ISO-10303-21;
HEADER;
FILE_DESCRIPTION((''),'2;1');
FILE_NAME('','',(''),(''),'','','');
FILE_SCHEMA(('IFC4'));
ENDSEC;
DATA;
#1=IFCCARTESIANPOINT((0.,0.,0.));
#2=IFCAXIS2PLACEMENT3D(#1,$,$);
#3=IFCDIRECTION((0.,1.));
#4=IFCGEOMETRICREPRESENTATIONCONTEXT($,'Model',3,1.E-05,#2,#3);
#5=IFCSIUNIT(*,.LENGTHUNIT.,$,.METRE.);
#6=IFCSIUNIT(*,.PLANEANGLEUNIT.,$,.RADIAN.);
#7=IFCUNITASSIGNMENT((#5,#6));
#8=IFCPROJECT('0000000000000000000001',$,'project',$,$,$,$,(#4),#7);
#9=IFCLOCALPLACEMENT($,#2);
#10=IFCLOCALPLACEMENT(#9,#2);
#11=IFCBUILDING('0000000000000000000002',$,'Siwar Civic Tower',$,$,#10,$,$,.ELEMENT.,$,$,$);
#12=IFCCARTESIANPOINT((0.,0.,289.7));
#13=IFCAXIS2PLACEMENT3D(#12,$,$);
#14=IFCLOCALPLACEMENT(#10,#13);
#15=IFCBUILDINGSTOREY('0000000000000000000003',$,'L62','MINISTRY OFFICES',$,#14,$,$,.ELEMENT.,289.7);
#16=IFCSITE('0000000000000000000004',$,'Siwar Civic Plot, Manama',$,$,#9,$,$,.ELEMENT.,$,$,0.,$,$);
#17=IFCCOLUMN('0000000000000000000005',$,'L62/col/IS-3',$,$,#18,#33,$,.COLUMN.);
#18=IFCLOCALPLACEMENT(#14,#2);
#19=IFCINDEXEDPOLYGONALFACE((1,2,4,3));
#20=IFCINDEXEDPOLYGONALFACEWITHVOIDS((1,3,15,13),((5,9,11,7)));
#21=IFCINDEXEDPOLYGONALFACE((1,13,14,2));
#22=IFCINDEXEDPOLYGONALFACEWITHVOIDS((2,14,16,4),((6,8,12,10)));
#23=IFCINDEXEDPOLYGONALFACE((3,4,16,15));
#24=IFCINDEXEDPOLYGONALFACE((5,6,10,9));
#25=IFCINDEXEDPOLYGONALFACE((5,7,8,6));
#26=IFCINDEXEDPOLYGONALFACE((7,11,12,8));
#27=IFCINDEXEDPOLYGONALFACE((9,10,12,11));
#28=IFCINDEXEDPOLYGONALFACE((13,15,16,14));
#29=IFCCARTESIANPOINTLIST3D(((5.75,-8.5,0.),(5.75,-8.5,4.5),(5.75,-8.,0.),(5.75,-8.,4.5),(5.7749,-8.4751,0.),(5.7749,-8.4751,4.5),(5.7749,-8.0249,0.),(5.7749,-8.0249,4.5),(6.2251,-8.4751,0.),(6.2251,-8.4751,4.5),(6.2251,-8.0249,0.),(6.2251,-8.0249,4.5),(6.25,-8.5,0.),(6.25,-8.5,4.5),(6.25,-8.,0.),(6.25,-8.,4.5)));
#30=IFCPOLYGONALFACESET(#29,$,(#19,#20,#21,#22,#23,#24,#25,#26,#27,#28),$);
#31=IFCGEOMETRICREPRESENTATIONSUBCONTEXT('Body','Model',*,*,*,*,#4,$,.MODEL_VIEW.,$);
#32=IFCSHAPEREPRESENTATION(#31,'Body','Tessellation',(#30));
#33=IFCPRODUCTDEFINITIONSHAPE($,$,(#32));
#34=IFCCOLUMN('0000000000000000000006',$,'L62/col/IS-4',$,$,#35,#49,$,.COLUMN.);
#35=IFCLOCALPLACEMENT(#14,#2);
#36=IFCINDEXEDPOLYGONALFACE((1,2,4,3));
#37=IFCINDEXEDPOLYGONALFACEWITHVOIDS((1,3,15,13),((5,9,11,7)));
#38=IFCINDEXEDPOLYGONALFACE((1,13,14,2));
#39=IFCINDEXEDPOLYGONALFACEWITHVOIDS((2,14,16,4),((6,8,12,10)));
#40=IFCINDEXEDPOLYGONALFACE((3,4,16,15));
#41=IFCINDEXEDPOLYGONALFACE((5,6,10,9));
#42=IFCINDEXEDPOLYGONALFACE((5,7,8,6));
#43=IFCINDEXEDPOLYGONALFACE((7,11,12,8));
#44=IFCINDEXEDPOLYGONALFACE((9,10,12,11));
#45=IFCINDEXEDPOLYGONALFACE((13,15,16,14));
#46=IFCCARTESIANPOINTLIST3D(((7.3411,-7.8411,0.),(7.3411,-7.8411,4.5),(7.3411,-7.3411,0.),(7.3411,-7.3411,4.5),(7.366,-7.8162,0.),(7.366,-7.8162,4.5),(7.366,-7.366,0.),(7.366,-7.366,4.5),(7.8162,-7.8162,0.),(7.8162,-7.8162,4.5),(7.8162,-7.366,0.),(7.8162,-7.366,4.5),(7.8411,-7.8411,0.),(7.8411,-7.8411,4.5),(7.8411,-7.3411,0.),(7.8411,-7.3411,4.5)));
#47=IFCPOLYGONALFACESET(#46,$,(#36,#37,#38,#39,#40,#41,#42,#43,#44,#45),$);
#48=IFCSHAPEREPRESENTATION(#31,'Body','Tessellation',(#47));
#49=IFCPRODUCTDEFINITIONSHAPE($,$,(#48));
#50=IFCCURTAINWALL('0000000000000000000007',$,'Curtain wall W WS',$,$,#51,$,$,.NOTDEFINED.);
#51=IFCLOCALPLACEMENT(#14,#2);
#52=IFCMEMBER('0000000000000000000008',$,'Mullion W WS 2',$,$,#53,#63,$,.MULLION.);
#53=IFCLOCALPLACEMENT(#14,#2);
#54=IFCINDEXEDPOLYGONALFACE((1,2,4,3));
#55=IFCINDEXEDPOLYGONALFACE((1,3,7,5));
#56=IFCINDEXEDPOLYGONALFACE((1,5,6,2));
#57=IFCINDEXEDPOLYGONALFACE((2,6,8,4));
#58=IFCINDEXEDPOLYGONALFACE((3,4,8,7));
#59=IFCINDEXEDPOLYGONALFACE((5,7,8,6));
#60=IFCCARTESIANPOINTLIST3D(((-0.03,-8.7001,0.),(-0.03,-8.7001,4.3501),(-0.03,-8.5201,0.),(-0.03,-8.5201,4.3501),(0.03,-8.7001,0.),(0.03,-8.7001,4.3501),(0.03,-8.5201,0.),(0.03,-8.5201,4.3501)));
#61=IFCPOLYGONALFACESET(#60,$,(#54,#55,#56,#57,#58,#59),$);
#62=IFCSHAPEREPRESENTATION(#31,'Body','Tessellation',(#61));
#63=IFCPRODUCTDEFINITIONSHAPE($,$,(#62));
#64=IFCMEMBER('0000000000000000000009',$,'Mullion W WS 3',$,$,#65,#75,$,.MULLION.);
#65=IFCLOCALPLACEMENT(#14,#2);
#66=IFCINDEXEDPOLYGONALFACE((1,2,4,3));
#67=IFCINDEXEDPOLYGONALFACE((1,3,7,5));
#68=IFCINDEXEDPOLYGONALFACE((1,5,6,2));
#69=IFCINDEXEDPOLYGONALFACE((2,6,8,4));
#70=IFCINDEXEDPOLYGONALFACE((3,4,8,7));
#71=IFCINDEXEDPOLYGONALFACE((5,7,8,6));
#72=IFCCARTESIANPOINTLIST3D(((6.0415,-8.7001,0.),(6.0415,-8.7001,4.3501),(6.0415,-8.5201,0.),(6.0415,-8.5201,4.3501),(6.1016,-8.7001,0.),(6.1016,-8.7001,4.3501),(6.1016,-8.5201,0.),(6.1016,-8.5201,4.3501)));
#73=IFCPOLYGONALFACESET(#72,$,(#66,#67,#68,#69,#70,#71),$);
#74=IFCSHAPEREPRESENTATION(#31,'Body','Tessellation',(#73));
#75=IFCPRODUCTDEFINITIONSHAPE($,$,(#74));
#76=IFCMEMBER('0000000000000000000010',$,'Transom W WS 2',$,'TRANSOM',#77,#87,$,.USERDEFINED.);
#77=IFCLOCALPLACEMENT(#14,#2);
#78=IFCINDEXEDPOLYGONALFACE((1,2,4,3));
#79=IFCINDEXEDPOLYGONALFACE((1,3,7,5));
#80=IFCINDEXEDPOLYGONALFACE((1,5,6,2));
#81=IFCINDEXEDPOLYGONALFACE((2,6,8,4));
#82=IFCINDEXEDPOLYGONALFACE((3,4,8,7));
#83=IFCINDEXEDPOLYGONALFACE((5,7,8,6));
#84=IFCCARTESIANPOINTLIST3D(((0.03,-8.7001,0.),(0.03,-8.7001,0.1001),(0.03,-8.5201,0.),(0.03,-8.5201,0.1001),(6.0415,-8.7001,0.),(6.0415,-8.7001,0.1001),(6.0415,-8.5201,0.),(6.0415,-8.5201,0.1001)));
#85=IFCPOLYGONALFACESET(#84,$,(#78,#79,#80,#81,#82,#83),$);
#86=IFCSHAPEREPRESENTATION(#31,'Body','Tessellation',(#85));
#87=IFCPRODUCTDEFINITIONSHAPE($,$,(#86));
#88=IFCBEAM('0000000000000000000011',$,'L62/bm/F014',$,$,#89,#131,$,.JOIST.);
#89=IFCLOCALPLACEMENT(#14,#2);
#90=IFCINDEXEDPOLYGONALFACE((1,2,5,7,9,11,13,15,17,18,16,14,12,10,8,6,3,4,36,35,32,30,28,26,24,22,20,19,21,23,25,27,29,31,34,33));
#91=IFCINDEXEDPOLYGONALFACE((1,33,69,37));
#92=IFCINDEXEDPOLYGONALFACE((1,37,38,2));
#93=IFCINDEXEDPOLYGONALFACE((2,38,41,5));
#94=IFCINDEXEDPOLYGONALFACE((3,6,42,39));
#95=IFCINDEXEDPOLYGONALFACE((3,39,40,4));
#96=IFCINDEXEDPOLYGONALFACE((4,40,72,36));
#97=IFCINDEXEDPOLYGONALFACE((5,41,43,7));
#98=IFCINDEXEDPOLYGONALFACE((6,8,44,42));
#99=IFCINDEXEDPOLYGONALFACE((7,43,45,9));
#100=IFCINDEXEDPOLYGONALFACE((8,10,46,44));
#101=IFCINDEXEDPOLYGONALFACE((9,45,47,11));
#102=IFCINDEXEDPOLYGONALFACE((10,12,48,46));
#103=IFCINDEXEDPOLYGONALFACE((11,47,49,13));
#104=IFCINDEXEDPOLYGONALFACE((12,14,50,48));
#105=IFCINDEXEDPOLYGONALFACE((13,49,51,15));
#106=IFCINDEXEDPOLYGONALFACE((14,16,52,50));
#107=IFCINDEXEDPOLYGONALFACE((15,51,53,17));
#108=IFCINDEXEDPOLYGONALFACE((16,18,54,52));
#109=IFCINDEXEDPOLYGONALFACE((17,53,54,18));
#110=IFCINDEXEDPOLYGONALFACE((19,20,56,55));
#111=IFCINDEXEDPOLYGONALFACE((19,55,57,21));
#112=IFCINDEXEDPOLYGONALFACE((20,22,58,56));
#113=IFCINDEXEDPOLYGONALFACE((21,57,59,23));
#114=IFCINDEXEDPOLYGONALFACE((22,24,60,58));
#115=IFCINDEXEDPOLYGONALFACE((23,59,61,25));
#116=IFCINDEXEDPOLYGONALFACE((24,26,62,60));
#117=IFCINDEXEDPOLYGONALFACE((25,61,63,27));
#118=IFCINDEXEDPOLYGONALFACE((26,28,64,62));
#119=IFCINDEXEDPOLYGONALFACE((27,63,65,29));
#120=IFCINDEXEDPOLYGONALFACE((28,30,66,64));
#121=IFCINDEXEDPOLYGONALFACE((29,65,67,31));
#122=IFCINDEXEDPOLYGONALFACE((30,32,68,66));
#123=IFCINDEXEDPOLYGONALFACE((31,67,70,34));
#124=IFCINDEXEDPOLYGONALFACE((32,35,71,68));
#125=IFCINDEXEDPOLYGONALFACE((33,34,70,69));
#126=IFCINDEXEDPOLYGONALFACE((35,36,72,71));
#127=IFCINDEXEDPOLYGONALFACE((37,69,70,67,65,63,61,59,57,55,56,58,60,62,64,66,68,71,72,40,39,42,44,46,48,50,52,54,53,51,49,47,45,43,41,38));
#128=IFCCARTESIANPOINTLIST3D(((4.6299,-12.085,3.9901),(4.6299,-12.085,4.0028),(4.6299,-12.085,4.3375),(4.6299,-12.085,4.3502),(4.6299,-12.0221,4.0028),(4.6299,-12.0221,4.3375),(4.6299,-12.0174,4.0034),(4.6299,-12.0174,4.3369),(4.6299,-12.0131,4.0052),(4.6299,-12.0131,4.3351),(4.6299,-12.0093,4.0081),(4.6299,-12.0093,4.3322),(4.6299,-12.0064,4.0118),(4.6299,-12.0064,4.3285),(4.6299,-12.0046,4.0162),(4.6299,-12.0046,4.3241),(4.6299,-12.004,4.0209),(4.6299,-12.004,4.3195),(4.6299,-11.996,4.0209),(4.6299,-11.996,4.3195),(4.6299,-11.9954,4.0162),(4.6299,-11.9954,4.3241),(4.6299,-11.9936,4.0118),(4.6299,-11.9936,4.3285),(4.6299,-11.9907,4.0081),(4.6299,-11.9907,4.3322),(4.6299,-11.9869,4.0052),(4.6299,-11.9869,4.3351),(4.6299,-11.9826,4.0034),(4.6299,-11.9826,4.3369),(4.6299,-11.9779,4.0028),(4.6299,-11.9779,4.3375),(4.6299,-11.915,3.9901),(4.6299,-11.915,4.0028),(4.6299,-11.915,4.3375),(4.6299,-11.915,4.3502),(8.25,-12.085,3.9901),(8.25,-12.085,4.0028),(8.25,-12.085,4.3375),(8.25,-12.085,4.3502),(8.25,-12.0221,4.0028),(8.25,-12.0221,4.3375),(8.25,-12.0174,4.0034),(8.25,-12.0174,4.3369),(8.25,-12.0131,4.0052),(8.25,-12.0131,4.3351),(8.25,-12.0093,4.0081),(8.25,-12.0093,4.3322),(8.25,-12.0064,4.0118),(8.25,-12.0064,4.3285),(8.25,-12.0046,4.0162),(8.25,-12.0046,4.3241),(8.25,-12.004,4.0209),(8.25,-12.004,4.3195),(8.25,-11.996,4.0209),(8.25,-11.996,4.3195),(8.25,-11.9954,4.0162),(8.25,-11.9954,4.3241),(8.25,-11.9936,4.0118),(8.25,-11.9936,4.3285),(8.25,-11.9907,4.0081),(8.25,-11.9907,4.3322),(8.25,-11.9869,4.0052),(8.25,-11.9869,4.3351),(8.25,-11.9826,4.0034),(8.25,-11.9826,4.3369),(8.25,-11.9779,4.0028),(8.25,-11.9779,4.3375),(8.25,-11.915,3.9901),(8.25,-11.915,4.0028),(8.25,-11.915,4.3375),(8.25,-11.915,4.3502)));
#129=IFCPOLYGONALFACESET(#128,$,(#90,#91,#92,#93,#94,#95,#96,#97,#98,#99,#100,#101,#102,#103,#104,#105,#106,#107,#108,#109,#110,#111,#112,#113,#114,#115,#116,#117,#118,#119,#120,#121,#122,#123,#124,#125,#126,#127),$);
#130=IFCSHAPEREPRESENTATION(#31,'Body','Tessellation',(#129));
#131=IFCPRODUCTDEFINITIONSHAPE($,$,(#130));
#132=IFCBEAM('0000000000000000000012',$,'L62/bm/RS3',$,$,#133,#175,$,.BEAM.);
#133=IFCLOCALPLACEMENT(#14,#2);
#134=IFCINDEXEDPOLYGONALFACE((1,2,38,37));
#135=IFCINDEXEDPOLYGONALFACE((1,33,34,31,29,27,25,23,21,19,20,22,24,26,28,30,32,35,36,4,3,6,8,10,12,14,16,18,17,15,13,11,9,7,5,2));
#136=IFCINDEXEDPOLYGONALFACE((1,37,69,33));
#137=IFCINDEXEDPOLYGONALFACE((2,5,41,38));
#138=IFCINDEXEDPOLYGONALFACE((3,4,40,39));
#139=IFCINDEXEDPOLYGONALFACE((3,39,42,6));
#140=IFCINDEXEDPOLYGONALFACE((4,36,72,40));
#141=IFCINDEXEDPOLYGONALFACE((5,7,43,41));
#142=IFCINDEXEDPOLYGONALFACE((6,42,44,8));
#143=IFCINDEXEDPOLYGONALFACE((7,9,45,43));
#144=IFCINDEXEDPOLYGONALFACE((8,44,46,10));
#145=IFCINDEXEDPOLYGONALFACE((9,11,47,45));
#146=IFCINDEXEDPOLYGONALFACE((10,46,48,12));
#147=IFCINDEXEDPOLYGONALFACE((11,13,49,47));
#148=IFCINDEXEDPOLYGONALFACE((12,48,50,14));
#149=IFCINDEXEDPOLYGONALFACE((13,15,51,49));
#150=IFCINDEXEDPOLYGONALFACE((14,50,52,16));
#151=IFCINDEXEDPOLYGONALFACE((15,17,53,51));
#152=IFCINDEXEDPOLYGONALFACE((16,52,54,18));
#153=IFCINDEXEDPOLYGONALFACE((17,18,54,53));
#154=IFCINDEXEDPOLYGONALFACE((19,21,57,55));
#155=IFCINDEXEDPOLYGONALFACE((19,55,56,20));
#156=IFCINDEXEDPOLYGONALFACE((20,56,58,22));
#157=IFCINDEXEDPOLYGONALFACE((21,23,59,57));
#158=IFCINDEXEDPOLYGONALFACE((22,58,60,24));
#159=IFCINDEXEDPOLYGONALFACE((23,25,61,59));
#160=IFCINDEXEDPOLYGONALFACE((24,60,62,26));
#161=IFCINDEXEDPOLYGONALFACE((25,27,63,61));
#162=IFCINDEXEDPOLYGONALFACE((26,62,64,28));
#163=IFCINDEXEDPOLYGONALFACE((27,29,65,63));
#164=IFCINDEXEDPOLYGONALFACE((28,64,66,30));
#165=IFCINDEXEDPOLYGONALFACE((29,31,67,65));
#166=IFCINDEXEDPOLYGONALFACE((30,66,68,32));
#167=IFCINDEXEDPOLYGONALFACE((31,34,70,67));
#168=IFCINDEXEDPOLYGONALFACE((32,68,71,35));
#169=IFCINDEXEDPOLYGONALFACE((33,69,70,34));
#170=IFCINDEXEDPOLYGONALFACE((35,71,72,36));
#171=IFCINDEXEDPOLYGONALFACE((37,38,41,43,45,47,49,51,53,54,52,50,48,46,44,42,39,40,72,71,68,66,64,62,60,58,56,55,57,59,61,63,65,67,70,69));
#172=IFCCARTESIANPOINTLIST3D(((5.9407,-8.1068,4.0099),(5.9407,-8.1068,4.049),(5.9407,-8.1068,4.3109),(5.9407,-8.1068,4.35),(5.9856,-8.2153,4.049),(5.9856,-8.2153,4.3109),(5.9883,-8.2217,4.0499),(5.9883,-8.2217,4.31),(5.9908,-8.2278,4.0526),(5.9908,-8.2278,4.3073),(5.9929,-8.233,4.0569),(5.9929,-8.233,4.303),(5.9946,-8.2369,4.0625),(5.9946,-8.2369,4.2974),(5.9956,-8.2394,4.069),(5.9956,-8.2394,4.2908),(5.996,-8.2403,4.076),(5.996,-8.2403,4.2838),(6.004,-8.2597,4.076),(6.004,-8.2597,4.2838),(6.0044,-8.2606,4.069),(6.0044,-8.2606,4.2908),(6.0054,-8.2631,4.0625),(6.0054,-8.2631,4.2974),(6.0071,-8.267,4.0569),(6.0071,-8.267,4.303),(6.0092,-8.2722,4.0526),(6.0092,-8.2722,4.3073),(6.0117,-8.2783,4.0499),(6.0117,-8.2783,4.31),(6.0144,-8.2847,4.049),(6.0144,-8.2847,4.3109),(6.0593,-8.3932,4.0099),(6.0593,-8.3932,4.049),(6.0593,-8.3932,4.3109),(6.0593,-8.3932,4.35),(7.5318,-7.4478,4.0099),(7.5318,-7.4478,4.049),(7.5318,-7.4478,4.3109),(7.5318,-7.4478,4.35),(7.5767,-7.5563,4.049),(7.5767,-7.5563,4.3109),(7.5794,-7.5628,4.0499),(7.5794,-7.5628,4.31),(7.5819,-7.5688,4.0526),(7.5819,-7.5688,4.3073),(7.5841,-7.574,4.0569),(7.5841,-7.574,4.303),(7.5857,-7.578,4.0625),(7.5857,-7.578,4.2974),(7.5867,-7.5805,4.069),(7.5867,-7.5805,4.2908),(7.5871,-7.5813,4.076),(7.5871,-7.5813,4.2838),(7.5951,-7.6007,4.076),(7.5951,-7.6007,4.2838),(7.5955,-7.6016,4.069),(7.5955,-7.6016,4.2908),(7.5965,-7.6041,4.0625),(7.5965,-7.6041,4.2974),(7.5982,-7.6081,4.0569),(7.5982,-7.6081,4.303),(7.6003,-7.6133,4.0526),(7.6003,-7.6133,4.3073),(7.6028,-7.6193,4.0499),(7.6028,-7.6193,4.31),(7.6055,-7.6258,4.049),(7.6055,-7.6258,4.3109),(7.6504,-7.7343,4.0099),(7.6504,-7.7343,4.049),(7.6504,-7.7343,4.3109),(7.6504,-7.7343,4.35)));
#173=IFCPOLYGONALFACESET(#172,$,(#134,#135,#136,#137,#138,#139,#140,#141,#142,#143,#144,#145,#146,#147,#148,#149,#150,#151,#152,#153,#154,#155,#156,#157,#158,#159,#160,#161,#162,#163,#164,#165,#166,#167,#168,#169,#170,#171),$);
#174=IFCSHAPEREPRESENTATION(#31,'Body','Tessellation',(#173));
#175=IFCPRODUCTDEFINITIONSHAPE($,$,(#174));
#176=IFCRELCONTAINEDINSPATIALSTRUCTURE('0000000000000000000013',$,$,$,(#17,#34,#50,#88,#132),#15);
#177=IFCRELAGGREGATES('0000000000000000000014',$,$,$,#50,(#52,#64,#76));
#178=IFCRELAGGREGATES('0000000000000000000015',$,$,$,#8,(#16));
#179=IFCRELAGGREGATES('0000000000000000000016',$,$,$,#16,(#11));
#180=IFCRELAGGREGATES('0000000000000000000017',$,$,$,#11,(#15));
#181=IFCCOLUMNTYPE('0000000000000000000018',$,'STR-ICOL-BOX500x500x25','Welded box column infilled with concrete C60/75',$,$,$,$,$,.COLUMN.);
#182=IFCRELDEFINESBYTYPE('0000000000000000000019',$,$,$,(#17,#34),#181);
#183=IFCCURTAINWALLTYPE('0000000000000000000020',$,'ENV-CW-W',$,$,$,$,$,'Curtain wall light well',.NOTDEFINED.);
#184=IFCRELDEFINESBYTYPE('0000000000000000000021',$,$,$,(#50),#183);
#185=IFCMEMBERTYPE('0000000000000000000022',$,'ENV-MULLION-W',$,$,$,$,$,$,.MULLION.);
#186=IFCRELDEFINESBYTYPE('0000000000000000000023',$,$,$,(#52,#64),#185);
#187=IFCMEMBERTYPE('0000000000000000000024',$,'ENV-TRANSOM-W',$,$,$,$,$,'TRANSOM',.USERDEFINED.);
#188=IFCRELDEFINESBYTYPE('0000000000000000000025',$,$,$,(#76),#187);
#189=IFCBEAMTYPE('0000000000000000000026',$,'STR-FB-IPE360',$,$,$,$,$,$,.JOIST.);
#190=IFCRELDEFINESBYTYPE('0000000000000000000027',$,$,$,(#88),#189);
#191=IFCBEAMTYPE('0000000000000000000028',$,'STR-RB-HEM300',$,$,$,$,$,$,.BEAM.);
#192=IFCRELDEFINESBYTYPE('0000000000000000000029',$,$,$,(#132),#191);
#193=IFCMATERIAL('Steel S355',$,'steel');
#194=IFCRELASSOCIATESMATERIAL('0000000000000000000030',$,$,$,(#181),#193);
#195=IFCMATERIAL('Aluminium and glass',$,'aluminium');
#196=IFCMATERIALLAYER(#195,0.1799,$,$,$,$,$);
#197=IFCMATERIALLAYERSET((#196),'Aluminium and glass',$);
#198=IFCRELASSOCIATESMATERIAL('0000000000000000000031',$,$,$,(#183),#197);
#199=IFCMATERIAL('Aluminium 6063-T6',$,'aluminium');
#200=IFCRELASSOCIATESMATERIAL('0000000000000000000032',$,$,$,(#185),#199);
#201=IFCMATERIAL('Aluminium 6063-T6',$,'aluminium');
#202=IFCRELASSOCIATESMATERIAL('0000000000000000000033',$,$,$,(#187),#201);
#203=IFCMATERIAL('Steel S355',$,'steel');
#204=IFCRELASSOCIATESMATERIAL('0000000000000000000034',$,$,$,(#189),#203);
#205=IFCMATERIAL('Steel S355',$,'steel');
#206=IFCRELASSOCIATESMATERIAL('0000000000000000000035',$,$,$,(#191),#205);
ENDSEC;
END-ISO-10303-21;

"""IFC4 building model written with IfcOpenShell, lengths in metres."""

from ifc_helpers import new_model, si_unit, direction, frame, origin, origin_2d, place, context, subcontext, project, spatial, rectangle, hollow_rectangle, i_section, extrude, material, layer, layer_set, material_profile, profile_set, type_object, element, aggregate, save


model = new_model("IFC4")

# Units and contexts
model_context = context("Model", 3, precision=1e-05, world=origin(), true_north=direction((0.0, 1.0)))
body_context = subcontext(model_context, "Body", "Model", "MODEL_VIEW")
ifc_project = project(units=[si_unit("LENGTHUNIT", "METRE"), si_unit("PLANEANGLEUNIT", "RADIAN")], contexts=[model_context])

# Site, building, storey
site_placement = place(None, origin())
site = spatial("IfcSite", under=ifc_project, at=site_placement, Name="Siwar Civic Plot, Manama", CompositionType="ELEMENT", RefElevation=0.0)
building_placement = place(site_placement, origin())
building = spatial("IfcBuilding", under=site, at=building_placement, Name="Siwar Civic Tower", CompositionType="ELEMENT")
storey_placement = place(building_placement, frame((0.0, 0.0, 289.7)))
storey = spatial("IfcBuildingStorey", under=building, at=storey_placement, Name="L62", Description="MINISTRY OFFICES", CompositionType="ELEMENT", Elevation=289.7)

# Columns
ifc_material_1 = material(Name="Steel S355", Category="steel")
ifc_material_profile_1 = material_profile(ifc_material_1, hollow_rectangle(XDim=0.5, YDim=0.5, WallThickness=0.0249, at=origin_2d()), Name="BOX500x500x25")
ifc_profile_set_1 = profile_set([ifc_material_profile_1], Name="Steel S355")
column_type = type_object("IfcColumnType", Name="STR-ICOL-BOX500x500x25", Description="Welded box column infilled with concrete C60/75", PredefinedType="COLUMN", material=ifc_profile_set_1)
for number, where, z_axis, x_axis, name in (
    (1, (6.0, -8.25, 0.0), (0.0, 0.0, 1.0), (1.0, 0.0, 0.0), "L62/col/IS-3"),
    (2, (7.5911, -7.5911, 0.0), (0.0, 0.0, 1.0), (1.0, 0.0, 0.0), "L62/col/IS-4"),
):
    element("IfcColumn", number, at=place(storey_placement, frame(where, z_axis=z_axis, x_axis=x_axis)), inside=storey, type_object=column_type, Name=name, PredefinedType="COLUMN", context=body_context, shape_type="SweptSolid", body=[
        extrude(hollow_rectangle(XDim=0.5, YDim=0.5, WallThickness=0.0249, at=origin_2d()), origin(), (0.0, 0.0, 1.0), 4.5),
    ])

# Curtain wall, members
ifc_material_2 = material(Name="Aluminium and glass", Category="aluminium")
ifc_layer_1 = layer(ifc_material_2, 0.1799)
ifc_layer_set_1 = layer_set([ifc_layer_1], Name="Aluminium and glass")
curtain_wall_type = type_object("IfcCurtainWallType", Name="ENV-CW-W", ElementType="Curtain wall light well", PredefinedType="NOTDEFINED", material=ifc_layer_set_1)
curtain_wall_placement = place(storey_placement, origin())
curtain_wall = element("IfcCurtainWall", 3, at=curtain_wall_placement, inside=storey, type_object=curtain_wall_type, Name="Curtain wall W WS", PredefinedType="NOTDEFINED")
ifc_material_3 = material(Name="Aluminium 6063-T6", Category="aluminium")
ifc_material_profile_2 = material_profile(ifc_material_3, rectangle(XDim=0.1799, YDim=0.0601, at=origin_2d()), Name="AL 180x60")
ifc_profile_set_2 = profile_set([ifc_material_profile_2], Name="Aluminium 6063-T6")
member_type_1 = type_object("IfcMemberType", Name="ENV-MULLION-W", PredefinedType="MULLION", material=ifc_profile_set_2)
member_1_placement = place(storey_placement, frame((0.0, -8.6101, 0.0), z_axis=(0.0, 0.0, 1.0), x_axis=(0.0, 1.0, 0.0)))
member_1 = element("IfcMember", 4, at=member_1_placement, type_object=member_type_1, Name="Mullion W WS 2", PredefinedType="MULLION", context=body_context, shape_type="SweptSolid", body=[
    extrude(rectangle(XDim=0.1799, YDim=0.0601, at=origin_2d()), origin(), (0.0, 0.0, 1.0), 4.3501),
])
member_2_placement = place(storey_placement, frame((6.0715, -8.6101, 0.0), z_axis=(0.0, 0.0, 1.0), x_axis=(0.0, 1.0, 0.0)))
member_2 = element("IfcMember", 5, at=member_2_placement, type_object=member_type_1, Name="Mullion W WS 3", PredefinedType="MULLION", context=body_context, shape_type="SweptSolid", body=[
    extrude(rectangle(XDim=0.1799, YDim=0.0601, at=origin_2d()), origin(), (0.0, 0.0, 1.0), 4.3501),
])
ifc_material_4 = material(Name="Aluminium 6063-T6", Category="aluminium")
ifc_material_profile_3 = material_profile(ifc_material_4, rectangle(XDim=0.1799, YDim=0.1001, at=origin_2d()), Name="AL 180x100")
ifc_profile_set_3 = profile_set([ifc_material_profile_3], Name="Aluminium 6063-T6")
member_type_2 = type_object("IfcMemberType", Name="ENV-TRANSOM-W", ElementType="TRANSOM", PredefinedType="USERDEFINED", material=ifc_profile_set_3)
member_3_placement = place(storey_placement, frame((0.03, -8.6101, 0.05), z_axis=(1.0, 0.0, 0.0), x_axis=(0.0, 1.0, 0.0)))
member_3 = element("IfcMember", 6, at=member_3_placement, type_object=member_type_2, Name="Transom W WS 2", ObjectType="TRANSOM", PredefinedType="USERDEFINED", context=body_context, shape_type="SweptSolid", body=[
    extrude(rectangle(XDim=0.1799, YDim=0.1001, at=origin_2d()), origin(), (0.0, 0.0, 1.0), 6.0115),
])

# Beams
ifc_material_5 = material(Name="Steel S355", Category="steel")
ifc_material_profile_4 = material_profile(ifc_material_5, i_section(OverallWidth=0.1699, OverallDepth=0.3601, WebThickness=0.0081, FlangeThickness=0.0127, FilletRadius=0.0181, at=origin_2d()), Name="IPE360")
ifc_profile_set_4 = profile_set([ifc_material_profile_4], Name="Steel S355")
beam_type_1 = type_object("IfcBeamType", Name="STR-FB-IPE360", PredefinedType="JOIST", material=ifc_profile_set_4)
beam_placement = place(storey_placement, frame((4.6299, -12.0, 4.1702), z_axis=(1.0, 0.0, 0.0), x_axis=(0.0, 1.0, 0.0)))
element("IfcBeam", 7, at=beam_placement, inside=storey, type_object=beam_type_1, Name="L62/bm/F014", PredefinedType="JOIST", context=body_context, shape_type="SweptSolid", body=[
    extrude(i_section(OverallWidth=0.1699, OverallDepth=0.3601, WebThickness=0.0081, FlangeThickness=0.0127, FilletRadius=0.0181, at=origin_2d()), origin(), (0.0, 0.0, 1.0), 3.6201),
])
ifc_material_6 = material(Name="Steel S355", Category="steel")
ifc_material_profile_5 = material_profile(ifc_material_6, i_section(OverallWidth=0.3101, OverallDepth=0.3401, WebThickness=0.021, FlangeThickness=0.0391, FilletRadius=0.0271, at=origin_2d()), Name="HEM300")
ifc_profile_set_5 = profile_set([ifc_material_profile_5], Name="Steel S355")
beam_type_2 = type_object("IfcBeamType", Name="STR-RB-HEM300", PredefinedType="BEAM", material=ifc_profile_set_5)
for number, where, z_axis, x_axis, name in (
    (8, (6.0, -8.25, 4.1799), (0.923901, 0.382631, 0.0), (-0.382631, 0.923901, 0.0), "L62/bm/RS3"),
):
    element("IfcBeam", number, at=place(storey_placement, frame(where, z_axis=z_axis, x_axis=x_axis)), inside=storey, type_object=beam_type_2, Name=name, PredefinedType="BEAM", context=body_context, shape_type="SweptSolid", body=[
        extrude(i_section(OverallWidth=0.3101, OverallDepth=0.3401, WebThickness=0.021, FlangeThickness=0.0391, FilletRadius=0.0271, at=origin_2d()), origin(), (0.0, 0.0, 1.0), 1.7222),
    ])

aggregate(curtain_wall, [member_1, member_2, member_3])

save(model, "model.ifc")
